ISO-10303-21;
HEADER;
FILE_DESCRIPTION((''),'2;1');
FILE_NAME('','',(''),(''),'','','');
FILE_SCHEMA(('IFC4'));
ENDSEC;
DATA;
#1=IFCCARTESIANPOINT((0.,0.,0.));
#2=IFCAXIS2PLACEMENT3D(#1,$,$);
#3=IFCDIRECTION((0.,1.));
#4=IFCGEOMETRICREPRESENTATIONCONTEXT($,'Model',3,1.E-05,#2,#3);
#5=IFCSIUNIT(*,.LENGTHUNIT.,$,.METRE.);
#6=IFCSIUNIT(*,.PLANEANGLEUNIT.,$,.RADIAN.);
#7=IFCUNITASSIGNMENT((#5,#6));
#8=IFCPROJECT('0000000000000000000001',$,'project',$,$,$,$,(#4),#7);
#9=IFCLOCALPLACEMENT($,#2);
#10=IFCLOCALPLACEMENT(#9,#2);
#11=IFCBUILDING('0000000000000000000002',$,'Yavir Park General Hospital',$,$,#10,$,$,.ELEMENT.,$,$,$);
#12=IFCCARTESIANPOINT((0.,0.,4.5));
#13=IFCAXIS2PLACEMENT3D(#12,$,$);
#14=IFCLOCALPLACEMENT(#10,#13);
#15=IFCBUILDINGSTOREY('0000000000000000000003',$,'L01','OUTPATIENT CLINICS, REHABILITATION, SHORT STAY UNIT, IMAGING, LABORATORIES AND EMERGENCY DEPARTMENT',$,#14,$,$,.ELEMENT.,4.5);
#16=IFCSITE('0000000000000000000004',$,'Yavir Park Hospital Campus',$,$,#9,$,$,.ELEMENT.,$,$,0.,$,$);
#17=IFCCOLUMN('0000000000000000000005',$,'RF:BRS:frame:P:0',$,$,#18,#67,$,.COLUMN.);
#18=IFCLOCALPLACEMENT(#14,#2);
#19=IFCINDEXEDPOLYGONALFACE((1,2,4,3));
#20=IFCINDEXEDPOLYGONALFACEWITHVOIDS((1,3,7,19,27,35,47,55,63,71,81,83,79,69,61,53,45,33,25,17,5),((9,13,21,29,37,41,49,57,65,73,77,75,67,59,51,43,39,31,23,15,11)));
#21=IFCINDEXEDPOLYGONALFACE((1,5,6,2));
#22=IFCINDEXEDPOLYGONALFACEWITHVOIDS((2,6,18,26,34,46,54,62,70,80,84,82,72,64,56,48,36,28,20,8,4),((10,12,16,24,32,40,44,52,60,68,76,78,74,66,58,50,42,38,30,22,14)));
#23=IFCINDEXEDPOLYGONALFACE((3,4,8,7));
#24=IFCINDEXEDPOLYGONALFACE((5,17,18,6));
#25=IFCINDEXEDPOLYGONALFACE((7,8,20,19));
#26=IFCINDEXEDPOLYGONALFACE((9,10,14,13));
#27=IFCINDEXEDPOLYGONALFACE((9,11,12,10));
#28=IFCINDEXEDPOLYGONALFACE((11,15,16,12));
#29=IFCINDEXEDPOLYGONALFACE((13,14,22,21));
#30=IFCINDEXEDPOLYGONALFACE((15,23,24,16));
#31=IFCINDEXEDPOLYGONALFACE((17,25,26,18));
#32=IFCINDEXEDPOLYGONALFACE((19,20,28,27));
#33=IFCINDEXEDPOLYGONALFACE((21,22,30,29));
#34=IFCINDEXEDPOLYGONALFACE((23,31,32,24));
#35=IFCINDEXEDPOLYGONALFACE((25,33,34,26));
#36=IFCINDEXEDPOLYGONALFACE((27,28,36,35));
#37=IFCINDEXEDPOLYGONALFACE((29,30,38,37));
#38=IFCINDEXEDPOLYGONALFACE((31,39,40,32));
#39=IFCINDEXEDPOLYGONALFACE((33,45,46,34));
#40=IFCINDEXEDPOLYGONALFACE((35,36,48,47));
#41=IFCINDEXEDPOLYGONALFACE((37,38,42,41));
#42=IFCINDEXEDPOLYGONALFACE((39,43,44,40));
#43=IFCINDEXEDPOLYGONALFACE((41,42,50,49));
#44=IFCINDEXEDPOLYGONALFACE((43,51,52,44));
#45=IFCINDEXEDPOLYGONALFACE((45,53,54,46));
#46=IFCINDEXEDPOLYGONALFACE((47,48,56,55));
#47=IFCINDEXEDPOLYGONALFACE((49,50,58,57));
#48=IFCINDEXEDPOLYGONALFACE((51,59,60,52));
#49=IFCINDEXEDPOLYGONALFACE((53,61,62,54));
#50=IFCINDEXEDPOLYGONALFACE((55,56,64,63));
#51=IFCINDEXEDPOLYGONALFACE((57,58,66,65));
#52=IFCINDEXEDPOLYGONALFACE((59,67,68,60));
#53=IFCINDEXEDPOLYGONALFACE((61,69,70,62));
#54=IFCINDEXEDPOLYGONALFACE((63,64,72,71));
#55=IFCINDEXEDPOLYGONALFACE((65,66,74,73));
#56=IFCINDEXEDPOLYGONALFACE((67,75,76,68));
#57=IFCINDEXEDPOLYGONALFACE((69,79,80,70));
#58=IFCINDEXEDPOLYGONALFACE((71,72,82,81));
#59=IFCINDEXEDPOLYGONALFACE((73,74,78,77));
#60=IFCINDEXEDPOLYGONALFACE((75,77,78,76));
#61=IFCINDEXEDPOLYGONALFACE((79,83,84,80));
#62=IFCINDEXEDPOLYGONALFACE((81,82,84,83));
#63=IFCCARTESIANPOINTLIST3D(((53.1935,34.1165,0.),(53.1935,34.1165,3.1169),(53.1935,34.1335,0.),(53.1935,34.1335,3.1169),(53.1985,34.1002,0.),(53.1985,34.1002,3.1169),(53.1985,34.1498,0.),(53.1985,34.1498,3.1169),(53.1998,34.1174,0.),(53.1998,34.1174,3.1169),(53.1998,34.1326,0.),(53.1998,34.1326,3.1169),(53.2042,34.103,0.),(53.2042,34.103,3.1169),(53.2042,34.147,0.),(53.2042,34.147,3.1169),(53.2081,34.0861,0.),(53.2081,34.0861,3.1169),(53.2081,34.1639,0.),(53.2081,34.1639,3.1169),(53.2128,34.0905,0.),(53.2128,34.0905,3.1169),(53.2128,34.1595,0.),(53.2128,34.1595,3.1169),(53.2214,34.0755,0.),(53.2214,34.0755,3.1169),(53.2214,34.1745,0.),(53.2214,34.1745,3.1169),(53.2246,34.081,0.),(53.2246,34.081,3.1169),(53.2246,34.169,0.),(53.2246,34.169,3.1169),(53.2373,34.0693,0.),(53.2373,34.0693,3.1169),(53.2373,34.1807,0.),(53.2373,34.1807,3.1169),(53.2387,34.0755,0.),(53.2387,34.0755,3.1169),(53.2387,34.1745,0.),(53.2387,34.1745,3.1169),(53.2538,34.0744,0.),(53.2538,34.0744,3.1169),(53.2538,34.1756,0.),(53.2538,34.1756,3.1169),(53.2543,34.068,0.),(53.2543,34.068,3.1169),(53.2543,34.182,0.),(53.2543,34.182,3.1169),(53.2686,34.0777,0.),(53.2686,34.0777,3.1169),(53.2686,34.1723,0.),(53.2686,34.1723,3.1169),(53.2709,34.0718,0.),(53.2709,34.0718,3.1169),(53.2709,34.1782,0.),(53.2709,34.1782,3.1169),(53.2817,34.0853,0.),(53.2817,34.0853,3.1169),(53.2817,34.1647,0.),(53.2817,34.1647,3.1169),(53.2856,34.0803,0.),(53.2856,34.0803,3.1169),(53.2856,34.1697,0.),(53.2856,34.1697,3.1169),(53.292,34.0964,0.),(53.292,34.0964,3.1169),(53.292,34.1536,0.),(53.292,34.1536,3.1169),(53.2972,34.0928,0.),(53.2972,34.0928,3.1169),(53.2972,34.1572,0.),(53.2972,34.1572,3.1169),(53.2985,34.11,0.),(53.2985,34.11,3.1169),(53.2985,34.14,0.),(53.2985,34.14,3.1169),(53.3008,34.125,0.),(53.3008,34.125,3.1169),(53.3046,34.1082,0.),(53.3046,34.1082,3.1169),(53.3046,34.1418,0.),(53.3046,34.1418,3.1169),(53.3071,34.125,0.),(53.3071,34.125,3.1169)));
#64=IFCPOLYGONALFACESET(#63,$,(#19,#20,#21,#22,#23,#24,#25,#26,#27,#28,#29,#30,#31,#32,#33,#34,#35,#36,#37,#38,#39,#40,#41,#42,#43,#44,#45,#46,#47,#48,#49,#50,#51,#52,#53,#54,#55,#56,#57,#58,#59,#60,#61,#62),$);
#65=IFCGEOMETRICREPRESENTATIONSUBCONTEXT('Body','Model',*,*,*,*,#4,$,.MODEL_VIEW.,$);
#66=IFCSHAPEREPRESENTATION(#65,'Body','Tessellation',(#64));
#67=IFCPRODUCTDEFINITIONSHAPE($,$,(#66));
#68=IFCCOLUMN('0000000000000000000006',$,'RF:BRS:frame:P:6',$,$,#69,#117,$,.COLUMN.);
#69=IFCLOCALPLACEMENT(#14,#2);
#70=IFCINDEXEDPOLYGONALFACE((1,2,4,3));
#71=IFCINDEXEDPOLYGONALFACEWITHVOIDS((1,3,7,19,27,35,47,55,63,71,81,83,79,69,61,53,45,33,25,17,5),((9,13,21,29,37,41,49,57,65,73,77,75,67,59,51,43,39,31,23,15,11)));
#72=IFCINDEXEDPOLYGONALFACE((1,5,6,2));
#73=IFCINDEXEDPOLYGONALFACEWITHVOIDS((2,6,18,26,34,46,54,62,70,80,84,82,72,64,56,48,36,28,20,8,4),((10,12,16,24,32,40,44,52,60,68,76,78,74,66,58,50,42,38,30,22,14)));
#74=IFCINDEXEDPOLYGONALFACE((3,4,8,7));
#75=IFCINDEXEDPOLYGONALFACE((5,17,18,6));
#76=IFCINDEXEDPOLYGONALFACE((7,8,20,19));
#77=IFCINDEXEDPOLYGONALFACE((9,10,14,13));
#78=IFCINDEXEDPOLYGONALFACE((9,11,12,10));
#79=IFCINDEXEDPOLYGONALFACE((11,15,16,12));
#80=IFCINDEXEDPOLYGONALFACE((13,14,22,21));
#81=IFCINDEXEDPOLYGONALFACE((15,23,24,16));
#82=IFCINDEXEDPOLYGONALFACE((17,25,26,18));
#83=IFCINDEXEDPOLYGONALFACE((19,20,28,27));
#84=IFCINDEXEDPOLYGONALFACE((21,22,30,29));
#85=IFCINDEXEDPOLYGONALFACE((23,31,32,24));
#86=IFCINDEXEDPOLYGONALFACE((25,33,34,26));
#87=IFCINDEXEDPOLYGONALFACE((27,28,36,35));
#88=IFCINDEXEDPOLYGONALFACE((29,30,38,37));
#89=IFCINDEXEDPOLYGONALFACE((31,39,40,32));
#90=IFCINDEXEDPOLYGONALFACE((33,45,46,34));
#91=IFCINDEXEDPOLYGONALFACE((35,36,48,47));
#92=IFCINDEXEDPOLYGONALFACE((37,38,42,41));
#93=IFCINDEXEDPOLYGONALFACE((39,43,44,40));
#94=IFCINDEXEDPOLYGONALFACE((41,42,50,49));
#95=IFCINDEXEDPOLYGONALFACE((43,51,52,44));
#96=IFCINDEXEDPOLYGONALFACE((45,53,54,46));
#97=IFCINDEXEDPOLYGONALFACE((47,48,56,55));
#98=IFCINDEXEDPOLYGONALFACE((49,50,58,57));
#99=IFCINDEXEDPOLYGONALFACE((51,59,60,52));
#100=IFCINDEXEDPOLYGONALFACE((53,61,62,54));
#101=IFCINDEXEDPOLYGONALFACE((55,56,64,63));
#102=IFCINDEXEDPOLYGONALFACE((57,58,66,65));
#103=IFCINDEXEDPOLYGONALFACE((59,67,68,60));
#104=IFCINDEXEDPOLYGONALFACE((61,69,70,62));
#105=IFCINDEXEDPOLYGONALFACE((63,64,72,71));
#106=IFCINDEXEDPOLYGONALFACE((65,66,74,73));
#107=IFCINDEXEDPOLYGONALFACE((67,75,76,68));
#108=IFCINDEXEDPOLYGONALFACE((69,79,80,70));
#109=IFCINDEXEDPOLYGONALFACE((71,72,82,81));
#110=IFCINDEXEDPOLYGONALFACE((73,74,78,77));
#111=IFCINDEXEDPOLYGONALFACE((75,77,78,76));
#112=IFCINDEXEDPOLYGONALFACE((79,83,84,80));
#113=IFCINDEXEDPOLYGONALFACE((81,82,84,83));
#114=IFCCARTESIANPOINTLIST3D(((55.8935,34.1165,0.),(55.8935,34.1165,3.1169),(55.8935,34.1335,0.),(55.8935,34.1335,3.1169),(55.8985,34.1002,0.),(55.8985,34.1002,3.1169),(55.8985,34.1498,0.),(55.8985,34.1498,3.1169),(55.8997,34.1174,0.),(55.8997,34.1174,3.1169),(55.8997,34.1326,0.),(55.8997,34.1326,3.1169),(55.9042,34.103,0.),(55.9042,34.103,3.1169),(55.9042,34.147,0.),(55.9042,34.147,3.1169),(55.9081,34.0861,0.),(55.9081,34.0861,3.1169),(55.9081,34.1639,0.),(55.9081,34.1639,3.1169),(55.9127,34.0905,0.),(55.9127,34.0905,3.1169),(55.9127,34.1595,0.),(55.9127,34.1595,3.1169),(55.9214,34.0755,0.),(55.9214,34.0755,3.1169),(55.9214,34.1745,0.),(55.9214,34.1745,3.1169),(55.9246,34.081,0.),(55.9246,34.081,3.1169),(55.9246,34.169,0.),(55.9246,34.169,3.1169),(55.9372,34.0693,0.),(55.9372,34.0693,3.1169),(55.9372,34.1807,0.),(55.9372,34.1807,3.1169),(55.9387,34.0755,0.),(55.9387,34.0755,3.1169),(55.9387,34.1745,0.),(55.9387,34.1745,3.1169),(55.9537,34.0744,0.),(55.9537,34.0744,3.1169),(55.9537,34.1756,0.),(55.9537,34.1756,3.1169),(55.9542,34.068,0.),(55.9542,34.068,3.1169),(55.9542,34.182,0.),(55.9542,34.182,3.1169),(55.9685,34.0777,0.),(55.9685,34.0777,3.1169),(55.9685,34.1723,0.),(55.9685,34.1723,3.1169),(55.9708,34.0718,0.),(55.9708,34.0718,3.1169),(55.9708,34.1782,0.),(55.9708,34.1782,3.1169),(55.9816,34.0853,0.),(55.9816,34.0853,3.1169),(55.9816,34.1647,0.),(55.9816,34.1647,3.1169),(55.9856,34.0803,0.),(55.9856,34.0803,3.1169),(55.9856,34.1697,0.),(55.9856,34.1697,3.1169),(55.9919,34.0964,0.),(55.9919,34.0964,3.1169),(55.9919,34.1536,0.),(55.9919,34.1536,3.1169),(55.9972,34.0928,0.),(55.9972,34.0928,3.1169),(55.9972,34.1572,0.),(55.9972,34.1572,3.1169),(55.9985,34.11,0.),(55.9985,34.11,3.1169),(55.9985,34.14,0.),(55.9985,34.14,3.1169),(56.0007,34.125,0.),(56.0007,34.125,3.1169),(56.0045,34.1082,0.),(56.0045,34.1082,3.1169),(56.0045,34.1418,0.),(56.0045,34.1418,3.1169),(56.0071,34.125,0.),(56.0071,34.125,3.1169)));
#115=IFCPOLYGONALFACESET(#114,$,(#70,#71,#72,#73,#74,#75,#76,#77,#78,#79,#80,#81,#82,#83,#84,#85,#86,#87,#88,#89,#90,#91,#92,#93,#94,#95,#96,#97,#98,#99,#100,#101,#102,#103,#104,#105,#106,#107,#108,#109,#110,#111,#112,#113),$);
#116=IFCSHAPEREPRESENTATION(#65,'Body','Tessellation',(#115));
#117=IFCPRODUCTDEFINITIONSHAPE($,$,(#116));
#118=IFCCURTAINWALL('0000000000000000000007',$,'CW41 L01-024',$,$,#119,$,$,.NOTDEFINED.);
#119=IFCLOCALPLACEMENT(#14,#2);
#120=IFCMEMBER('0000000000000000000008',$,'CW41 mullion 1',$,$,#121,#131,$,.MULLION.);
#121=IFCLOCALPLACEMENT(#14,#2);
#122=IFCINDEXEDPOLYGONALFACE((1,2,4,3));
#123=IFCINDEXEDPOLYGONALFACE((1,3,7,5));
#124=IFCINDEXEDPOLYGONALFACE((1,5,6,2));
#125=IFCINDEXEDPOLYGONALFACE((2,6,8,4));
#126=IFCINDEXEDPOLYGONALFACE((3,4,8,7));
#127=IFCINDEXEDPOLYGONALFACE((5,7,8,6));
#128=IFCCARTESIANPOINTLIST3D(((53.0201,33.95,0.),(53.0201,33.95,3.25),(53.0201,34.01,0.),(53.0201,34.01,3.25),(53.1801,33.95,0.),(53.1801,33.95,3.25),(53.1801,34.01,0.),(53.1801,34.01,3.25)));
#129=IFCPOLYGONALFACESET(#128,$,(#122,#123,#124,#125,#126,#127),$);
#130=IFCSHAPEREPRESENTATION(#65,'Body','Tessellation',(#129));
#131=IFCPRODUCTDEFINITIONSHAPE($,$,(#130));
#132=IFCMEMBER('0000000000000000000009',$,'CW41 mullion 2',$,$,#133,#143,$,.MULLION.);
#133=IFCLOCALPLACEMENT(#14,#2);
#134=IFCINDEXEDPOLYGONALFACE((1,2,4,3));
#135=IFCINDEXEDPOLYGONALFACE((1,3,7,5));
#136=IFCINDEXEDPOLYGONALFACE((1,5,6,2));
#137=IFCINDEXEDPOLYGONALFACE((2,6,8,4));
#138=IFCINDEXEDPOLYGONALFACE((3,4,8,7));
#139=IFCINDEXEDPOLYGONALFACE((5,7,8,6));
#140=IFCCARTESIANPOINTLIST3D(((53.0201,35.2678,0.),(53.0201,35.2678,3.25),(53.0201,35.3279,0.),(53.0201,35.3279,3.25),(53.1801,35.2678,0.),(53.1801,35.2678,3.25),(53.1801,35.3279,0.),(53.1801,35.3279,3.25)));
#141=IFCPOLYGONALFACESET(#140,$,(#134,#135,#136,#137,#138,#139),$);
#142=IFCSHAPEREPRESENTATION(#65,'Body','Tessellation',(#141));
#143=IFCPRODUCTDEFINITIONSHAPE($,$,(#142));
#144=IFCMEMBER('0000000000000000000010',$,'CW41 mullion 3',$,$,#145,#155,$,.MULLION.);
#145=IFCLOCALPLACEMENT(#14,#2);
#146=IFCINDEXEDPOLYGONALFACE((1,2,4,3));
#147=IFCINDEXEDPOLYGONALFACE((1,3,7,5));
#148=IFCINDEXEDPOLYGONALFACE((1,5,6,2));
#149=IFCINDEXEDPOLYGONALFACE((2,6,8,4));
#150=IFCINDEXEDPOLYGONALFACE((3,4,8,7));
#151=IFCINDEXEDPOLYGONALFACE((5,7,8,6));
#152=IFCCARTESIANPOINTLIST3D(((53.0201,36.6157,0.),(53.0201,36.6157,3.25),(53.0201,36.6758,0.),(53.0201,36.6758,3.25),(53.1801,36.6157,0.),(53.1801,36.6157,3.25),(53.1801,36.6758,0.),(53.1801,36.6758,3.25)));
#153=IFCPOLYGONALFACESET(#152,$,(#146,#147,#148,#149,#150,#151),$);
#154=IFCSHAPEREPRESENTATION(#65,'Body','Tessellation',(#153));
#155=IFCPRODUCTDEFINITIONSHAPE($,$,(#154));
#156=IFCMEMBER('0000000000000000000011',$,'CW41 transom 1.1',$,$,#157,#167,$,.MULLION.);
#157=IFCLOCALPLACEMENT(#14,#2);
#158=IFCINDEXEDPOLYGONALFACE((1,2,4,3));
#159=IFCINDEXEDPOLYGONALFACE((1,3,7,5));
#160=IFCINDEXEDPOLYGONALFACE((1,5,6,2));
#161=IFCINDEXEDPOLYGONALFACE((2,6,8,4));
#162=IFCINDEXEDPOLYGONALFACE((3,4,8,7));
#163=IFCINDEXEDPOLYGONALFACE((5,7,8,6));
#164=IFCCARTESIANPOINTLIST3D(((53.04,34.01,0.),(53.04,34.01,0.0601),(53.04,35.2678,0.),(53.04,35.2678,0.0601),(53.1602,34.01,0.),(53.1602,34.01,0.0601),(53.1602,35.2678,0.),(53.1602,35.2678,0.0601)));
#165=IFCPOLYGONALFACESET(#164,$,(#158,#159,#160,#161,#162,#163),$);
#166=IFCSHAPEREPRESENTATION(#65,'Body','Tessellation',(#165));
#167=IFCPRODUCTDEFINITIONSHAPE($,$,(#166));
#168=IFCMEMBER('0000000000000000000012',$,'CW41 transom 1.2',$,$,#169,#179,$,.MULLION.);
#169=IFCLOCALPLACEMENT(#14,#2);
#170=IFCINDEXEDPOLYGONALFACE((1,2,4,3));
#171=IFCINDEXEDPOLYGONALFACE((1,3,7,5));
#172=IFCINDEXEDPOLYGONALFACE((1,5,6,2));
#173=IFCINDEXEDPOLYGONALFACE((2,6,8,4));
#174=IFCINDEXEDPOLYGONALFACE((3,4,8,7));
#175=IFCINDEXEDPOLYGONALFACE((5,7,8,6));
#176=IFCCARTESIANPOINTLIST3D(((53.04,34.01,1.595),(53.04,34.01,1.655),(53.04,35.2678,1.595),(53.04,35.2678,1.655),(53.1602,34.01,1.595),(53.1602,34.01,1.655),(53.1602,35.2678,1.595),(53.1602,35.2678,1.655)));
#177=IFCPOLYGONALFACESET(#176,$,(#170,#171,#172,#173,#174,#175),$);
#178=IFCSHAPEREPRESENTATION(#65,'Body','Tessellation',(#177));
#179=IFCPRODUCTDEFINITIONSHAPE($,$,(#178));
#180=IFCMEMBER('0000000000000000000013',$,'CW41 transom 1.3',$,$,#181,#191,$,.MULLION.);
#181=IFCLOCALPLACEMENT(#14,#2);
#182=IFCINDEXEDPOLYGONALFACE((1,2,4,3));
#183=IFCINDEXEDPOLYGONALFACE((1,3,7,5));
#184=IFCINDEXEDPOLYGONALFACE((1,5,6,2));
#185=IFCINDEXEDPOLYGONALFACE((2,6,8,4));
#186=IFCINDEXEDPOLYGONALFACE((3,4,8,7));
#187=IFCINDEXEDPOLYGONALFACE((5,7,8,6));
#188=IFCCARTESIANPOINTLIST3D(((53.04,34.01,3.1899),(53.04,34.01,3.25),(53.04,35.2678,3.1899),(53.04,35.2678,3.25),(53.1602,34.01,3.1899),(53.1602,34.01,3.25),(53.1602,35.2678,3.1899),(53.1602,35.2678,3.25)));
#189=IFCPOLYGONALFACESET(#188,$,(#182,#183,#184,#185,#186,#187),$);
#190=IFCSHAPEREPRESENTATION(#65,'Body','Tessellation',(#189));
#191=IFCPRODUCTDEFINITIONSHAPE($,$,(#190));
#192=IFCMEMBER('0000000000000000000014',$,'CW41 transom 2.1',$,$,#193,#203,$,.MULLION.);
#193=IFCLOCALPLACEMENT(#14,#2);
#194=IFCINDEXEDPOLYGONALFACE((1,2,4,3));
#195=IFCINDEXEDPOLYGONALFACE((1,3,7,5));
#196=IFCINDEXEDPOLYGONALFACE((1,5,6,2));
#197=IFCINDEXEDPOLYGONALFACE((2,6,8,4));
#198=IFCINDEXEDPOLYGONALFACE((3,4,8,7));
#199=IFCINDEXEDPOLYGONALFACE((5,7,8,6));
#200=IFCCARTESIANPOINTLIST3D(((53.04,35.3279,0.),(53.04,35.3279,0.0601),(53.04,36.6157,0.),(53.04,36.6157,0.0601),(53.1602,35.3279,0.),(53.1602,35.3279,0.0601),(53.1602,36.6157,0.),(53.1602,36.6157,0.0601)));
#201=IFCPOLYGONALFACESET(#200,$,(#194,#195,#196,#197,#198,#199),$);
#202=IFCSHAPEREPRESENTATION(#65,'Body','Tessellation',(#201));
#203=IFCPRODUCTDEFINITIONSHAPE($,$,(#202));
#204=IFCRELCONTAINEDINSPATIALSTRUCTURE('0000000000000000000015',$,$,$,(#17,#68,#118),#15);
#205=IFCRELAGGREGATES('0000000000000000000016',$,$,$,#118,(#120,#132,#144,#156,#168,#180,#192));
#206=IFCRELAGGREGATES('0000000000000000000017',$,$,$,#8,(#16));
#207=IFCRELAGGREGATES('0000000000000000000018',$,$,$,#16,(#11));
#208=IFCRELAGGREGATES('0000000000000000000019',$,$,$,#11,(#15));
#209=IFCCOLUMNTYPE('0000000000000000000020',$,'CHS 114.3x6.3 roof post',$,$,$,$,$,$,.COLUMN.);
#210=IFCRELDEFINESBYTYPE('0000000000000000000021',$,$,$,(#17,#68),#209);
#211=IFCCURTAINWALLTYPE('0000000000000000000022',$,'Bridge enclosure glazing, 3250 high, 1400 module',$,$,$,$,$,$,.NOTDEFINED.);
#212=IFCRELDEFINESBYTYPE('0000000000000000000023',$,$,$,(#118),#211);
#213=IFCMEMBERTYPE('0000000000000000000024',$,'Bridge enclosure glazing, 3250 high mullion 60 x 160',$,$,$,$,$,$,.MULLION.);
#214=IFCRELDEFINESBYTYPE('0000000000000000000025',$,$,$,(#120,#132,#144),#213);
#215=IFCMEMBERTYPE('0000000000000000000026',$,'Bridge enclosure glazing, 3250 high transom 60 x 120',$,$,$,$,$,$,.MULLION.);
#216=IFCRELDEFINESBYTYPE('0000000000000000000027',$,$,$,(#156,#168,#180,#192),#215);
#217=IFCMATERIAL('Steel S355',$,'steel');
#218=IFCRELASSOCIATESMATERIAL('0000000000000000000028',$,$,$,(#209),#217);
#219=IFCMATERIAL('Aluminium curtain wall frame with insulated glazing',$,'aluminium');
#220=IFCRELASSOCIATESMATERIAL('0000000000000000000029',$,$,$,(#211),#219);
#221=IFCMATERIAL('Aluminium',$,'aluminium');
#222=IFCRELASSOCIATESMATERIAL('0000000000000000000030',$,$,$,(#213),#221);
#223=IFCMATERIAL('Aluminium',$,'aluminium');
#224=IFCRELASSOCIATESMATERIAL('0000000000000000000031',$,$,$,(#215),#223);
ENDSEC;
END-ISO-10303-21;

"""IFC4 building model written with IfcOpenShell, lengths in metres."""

from ifc_helpers import new_model, si_unit, direction, frame, origin, origin_2d, place, context, subcontext, project, spatial, rectangle, hollow_circle, extrude, material, material_profile, profile_set, type_object, element, aggregate, save


model = new_model("IFC4")

# Units and contexts
model_context = context("Model", 3, precision=1e-05, world=origin(), true_north=direction((0.0, 1.0)))
body_context = subcontext(model_context, "Body", "Model", "MODEL_VIEW")
ifc_project = project(units=[si_unit("LENGTHUNIT", "METRE"), si_unit("PLANEANGLEUNIT", "RADIAN")], contexts=[model_context])

# Site, building, storey
site_placement = place(None, origin())
site = spatial("IfcSite", under=ifc_project, at=site_placement, Name="Yavir Park Hospital Campus", CompositionType="ELEMENT", RefElevation=0.0)
building_placement = place(site_placement, origin())
building = spatial("IfcBuilding", under=site, at=building_placement, Name="Yavir Park General Hospital", CompositionType="ELEMENT")
storey_placement = place(building_placement, frame((0.0, 0.0, 4.5)))
storey = spatial("IfcBuildingStorey", under=building, at=storey_placement, Name="L01", Description="OUTPATIENT CLINICS, REHABILITATION, SHORT STAY UNIT, IMAGING, LABORATORIES AND EMERGENCY DEPARTMENT", CompositionType="ELEMENT", Elevation=4.5)

# Columns
ifc_material_1 = material(Name="Steel S355", Category="steel")
ifc_material_profile_1 = material_profile(ifc_material_1, hollow_circle(Radius=0.0571, WallThickness=0.0063, at=origin_2d()), Name="CHS114.3x6.3")
ifc_profile_set_1 = profile_set([ifc_material_profile_1], Name="Steel S355")
column_type = type_object("IfcColumnType", Name="CHS 114.3x6.3 roof post", PredefinedType="COLUMN", material=ifc_profile_set_1)
for number, where, z_axis, x_axis, name in (
    (1, (53.25, 34.125, 0.0), (0.0, 0.0, 1.0), (1.0, 0.0, 0.0), "RF:BRS:frame:P:0"),
    (2, (55.95, 34.125, 0.0), (0.0, 0.0, 1.0), (1.0, 0.0, 0.0), "RF:BRS:frame:P:6"),
):
    element("IfcColumn", number, at=place(storey_placement, frame(where, z_axis=z_axis, x_axis=x_axis)), inside=storey, type_object=column_type, Name=name, PredefinedType="COLUMN", context=body_context, shape_type="SweptSolid", body=[
        extrude(hollow_circle(Radius=0.0571, WallThickness=0.0063, at=origin_2d()), origin(), (0.0, 0.0, 1.0), 3.1169),
    ])

# Curtain wall, members
ifc_material_2 = material(Name="Aluminium curtain wall frame with insulated glazing", Category="aluminium")
curtain_wall_type = type_object("IfcCurtainWallType", Name="Bridge enclosure glazing, 3250 high, 1400 module", PredefinedType="NOTDEFINED", material=ifc_material_2)
curtain_wall_placement = place(storey_placement, origin())
curtain_wall = element("IfcCurtainWall", 3, at=curtain_wall_placement, inside=storey, type_object=curtain_wall_type, Name="CW41 L01-024", PredefinedType="NOTDEFINED")
ifc_material_3 = material(Name="Aluminium", Category="aluminium")
ifc_material_profile_2 = material_profile(ifc_material_3, rectangle(XDim=0.1599, YDim=0.0601, at=origin_2d()), Name="AL 60x160")
ifc_profile_set_2 = profile_set([ifc_material_profile_2], Name="Aluminium")
member_type_1 = type_object("IfcMemberType", Name="Bridge enclosure glazing, 3250 high mullion 60 x 160", PredefinedType="MULLION", material=ifc_profile_set_2)
member_1_placement = place(storey_placement, frame((53.1001, 33.98, 0.0), z_axis=(0.0, 0.0, 1.0), x_axis=(-1.0, 0.0, 0.0)))
member_1 = element("IfcMember", 4, at=member_1_placement, type_object=member_type_1, Name="CW41 mullion 1", PredefinedType="MULLION", context=body_context, shape_type="SweptSolid", body=[
    extrude(rectangle(XDim=0.1599, YDim=0.0601, at=origin_2d()), origin(), (0.0, 0.0, 1.0), 3.25),
])
member_2_placement = place(storey_placement, frame((53.1001, 35.2979, 0.0), z_axis=(0.0, 0.0, 1.0), x_axis=(-1.0, 0.0, 0.0)))
member_2 = element("IfcMember", 5, at=member_2_placement, type_object=member_type_1, Name="CW41 mullion 2", PredefinedType="MULLION", context=body_context, shape_type="SweptSolid", body=[
    extrude(rectangle(XDim=0.1599, YDim=0.0601, at=origin_2d()), origin(), (0.0, 0.0, 1.0), 3.25),
])
member_3_placement = place(storey_placement, frame((53.1001, 36.6458, 0.0), z_axis=(0.0, 0.0, 1.0), x_axis=(-1.0, 0.0, 0.0)))
member_3 = element("IfcMember", 6, at=member_3_placement, type_object=member_type_1, Name="CW41 mullion 3", PredefinedType="MULLION", context=body_context, shape_type="SweptSolid", body=[
    extrude(rectangle(XDim=0.1599, YDim=0.0601, at=origin_2d()), origin(), (0.0, 0.0, 1.0), 3.25),
])
ifc_material_4 = material(Name="Aluminium", Category="aluminium")
ifc_material_profile_3 = material_profile(ifc_material_4, rectangle(XDim=0.1201, YDim=0.0601, at=origin_2d()), Name="AL 120x60")
ifc_profile_set_3 = profile_set([ifc_material_profile_3], Name="Aluminium")
member_type_2 = type_object("IfcMemberType", Name="Bridge enclosure glazing, 3250 high transom 60 x 120", PredefinedType="MULLION", material=ifc_profile_set_3)
member_4_placement = place(storey_placement, frame((53.1001, 34.01, 0.03), z_axis=(0.0, 1.0, 0.0), x_axis=(-1.0, 0.0, 0.0)))
member_4 = element("IfcMember", 7, at=member_4_placement, type_object=member_type_2, Name="CW41 transom 1.1", PredefinedType="MULLION", context=body_context, shape_type="SweptSolid", body=[
    extrude(rectangle(XDim=0.1201, YDim=0.0601, at=origin_2d()), origin(), (0.0, 0.0, 1.0), 1.2578),
])
member_5_placement = place(storey_placement, frame((53.1001, 34.01, 1.625), z_axis=(0.0, 1.0, 0.0), x_axis=(-1.0, 0.0, 0.0)))
member_5 = element("IfcMember", 8, at=member_5_placement, type_object=member_type_2, Name="CW41 transom 1.2", PredefinedType="MULLION", context=body_context, shape_type="SweptSolid", body=[
    extrude(rectangle(XDim=0.1201, YDim=0.0601, at=origin_2d()), origin(), (0.0, 0.0, 1.0), 1.2578),
])
member_6_placement = place(storey_placement, frame((53.1001, 34.01, 3.22), z_axis=(0.0, 1.0, 0.0), x_axis=(-1.0, 0.0, 0.0)))
member_6 = element("IfcMember", 9, at=member_6_placement, type_object=member_type_2, Name="CW41 transom 1.3", PredefinedType="MULLION", context=body_context, shape_type="SweptSolid", body=[
    extrude(rectangle(XDim=0.1201, YDim=0.0601, at=origin_2d()), origin(), (0.0, 0.0, 1.0), 1.2578),
])
member_7_placement = place(storey_placement, frame((53.1001, 35.3279, 0.03), z_axis=(0.0, 1.0, 0.0), x_axis=(-1.0, 0.0, 0.0)))
member_7 = element("IfcMember", 10, at=member_7_placement, type_object=member_type_2, Name="CW41 transom 2.1", PredefinedType="MULLION", context=body_context, shape_type="SweptSolid", body=[
    extrude(rectangle(XDim=0.1201, YDim=0.0601, at=origin_2d()), origin(), (0.0, 0.0, 1.0), 1.2878),
])

aggregate(curtain_wall, [member_1, member_2, member_3, member_4, member_5, member_6, member_7])

save(model, "model.ifc")
